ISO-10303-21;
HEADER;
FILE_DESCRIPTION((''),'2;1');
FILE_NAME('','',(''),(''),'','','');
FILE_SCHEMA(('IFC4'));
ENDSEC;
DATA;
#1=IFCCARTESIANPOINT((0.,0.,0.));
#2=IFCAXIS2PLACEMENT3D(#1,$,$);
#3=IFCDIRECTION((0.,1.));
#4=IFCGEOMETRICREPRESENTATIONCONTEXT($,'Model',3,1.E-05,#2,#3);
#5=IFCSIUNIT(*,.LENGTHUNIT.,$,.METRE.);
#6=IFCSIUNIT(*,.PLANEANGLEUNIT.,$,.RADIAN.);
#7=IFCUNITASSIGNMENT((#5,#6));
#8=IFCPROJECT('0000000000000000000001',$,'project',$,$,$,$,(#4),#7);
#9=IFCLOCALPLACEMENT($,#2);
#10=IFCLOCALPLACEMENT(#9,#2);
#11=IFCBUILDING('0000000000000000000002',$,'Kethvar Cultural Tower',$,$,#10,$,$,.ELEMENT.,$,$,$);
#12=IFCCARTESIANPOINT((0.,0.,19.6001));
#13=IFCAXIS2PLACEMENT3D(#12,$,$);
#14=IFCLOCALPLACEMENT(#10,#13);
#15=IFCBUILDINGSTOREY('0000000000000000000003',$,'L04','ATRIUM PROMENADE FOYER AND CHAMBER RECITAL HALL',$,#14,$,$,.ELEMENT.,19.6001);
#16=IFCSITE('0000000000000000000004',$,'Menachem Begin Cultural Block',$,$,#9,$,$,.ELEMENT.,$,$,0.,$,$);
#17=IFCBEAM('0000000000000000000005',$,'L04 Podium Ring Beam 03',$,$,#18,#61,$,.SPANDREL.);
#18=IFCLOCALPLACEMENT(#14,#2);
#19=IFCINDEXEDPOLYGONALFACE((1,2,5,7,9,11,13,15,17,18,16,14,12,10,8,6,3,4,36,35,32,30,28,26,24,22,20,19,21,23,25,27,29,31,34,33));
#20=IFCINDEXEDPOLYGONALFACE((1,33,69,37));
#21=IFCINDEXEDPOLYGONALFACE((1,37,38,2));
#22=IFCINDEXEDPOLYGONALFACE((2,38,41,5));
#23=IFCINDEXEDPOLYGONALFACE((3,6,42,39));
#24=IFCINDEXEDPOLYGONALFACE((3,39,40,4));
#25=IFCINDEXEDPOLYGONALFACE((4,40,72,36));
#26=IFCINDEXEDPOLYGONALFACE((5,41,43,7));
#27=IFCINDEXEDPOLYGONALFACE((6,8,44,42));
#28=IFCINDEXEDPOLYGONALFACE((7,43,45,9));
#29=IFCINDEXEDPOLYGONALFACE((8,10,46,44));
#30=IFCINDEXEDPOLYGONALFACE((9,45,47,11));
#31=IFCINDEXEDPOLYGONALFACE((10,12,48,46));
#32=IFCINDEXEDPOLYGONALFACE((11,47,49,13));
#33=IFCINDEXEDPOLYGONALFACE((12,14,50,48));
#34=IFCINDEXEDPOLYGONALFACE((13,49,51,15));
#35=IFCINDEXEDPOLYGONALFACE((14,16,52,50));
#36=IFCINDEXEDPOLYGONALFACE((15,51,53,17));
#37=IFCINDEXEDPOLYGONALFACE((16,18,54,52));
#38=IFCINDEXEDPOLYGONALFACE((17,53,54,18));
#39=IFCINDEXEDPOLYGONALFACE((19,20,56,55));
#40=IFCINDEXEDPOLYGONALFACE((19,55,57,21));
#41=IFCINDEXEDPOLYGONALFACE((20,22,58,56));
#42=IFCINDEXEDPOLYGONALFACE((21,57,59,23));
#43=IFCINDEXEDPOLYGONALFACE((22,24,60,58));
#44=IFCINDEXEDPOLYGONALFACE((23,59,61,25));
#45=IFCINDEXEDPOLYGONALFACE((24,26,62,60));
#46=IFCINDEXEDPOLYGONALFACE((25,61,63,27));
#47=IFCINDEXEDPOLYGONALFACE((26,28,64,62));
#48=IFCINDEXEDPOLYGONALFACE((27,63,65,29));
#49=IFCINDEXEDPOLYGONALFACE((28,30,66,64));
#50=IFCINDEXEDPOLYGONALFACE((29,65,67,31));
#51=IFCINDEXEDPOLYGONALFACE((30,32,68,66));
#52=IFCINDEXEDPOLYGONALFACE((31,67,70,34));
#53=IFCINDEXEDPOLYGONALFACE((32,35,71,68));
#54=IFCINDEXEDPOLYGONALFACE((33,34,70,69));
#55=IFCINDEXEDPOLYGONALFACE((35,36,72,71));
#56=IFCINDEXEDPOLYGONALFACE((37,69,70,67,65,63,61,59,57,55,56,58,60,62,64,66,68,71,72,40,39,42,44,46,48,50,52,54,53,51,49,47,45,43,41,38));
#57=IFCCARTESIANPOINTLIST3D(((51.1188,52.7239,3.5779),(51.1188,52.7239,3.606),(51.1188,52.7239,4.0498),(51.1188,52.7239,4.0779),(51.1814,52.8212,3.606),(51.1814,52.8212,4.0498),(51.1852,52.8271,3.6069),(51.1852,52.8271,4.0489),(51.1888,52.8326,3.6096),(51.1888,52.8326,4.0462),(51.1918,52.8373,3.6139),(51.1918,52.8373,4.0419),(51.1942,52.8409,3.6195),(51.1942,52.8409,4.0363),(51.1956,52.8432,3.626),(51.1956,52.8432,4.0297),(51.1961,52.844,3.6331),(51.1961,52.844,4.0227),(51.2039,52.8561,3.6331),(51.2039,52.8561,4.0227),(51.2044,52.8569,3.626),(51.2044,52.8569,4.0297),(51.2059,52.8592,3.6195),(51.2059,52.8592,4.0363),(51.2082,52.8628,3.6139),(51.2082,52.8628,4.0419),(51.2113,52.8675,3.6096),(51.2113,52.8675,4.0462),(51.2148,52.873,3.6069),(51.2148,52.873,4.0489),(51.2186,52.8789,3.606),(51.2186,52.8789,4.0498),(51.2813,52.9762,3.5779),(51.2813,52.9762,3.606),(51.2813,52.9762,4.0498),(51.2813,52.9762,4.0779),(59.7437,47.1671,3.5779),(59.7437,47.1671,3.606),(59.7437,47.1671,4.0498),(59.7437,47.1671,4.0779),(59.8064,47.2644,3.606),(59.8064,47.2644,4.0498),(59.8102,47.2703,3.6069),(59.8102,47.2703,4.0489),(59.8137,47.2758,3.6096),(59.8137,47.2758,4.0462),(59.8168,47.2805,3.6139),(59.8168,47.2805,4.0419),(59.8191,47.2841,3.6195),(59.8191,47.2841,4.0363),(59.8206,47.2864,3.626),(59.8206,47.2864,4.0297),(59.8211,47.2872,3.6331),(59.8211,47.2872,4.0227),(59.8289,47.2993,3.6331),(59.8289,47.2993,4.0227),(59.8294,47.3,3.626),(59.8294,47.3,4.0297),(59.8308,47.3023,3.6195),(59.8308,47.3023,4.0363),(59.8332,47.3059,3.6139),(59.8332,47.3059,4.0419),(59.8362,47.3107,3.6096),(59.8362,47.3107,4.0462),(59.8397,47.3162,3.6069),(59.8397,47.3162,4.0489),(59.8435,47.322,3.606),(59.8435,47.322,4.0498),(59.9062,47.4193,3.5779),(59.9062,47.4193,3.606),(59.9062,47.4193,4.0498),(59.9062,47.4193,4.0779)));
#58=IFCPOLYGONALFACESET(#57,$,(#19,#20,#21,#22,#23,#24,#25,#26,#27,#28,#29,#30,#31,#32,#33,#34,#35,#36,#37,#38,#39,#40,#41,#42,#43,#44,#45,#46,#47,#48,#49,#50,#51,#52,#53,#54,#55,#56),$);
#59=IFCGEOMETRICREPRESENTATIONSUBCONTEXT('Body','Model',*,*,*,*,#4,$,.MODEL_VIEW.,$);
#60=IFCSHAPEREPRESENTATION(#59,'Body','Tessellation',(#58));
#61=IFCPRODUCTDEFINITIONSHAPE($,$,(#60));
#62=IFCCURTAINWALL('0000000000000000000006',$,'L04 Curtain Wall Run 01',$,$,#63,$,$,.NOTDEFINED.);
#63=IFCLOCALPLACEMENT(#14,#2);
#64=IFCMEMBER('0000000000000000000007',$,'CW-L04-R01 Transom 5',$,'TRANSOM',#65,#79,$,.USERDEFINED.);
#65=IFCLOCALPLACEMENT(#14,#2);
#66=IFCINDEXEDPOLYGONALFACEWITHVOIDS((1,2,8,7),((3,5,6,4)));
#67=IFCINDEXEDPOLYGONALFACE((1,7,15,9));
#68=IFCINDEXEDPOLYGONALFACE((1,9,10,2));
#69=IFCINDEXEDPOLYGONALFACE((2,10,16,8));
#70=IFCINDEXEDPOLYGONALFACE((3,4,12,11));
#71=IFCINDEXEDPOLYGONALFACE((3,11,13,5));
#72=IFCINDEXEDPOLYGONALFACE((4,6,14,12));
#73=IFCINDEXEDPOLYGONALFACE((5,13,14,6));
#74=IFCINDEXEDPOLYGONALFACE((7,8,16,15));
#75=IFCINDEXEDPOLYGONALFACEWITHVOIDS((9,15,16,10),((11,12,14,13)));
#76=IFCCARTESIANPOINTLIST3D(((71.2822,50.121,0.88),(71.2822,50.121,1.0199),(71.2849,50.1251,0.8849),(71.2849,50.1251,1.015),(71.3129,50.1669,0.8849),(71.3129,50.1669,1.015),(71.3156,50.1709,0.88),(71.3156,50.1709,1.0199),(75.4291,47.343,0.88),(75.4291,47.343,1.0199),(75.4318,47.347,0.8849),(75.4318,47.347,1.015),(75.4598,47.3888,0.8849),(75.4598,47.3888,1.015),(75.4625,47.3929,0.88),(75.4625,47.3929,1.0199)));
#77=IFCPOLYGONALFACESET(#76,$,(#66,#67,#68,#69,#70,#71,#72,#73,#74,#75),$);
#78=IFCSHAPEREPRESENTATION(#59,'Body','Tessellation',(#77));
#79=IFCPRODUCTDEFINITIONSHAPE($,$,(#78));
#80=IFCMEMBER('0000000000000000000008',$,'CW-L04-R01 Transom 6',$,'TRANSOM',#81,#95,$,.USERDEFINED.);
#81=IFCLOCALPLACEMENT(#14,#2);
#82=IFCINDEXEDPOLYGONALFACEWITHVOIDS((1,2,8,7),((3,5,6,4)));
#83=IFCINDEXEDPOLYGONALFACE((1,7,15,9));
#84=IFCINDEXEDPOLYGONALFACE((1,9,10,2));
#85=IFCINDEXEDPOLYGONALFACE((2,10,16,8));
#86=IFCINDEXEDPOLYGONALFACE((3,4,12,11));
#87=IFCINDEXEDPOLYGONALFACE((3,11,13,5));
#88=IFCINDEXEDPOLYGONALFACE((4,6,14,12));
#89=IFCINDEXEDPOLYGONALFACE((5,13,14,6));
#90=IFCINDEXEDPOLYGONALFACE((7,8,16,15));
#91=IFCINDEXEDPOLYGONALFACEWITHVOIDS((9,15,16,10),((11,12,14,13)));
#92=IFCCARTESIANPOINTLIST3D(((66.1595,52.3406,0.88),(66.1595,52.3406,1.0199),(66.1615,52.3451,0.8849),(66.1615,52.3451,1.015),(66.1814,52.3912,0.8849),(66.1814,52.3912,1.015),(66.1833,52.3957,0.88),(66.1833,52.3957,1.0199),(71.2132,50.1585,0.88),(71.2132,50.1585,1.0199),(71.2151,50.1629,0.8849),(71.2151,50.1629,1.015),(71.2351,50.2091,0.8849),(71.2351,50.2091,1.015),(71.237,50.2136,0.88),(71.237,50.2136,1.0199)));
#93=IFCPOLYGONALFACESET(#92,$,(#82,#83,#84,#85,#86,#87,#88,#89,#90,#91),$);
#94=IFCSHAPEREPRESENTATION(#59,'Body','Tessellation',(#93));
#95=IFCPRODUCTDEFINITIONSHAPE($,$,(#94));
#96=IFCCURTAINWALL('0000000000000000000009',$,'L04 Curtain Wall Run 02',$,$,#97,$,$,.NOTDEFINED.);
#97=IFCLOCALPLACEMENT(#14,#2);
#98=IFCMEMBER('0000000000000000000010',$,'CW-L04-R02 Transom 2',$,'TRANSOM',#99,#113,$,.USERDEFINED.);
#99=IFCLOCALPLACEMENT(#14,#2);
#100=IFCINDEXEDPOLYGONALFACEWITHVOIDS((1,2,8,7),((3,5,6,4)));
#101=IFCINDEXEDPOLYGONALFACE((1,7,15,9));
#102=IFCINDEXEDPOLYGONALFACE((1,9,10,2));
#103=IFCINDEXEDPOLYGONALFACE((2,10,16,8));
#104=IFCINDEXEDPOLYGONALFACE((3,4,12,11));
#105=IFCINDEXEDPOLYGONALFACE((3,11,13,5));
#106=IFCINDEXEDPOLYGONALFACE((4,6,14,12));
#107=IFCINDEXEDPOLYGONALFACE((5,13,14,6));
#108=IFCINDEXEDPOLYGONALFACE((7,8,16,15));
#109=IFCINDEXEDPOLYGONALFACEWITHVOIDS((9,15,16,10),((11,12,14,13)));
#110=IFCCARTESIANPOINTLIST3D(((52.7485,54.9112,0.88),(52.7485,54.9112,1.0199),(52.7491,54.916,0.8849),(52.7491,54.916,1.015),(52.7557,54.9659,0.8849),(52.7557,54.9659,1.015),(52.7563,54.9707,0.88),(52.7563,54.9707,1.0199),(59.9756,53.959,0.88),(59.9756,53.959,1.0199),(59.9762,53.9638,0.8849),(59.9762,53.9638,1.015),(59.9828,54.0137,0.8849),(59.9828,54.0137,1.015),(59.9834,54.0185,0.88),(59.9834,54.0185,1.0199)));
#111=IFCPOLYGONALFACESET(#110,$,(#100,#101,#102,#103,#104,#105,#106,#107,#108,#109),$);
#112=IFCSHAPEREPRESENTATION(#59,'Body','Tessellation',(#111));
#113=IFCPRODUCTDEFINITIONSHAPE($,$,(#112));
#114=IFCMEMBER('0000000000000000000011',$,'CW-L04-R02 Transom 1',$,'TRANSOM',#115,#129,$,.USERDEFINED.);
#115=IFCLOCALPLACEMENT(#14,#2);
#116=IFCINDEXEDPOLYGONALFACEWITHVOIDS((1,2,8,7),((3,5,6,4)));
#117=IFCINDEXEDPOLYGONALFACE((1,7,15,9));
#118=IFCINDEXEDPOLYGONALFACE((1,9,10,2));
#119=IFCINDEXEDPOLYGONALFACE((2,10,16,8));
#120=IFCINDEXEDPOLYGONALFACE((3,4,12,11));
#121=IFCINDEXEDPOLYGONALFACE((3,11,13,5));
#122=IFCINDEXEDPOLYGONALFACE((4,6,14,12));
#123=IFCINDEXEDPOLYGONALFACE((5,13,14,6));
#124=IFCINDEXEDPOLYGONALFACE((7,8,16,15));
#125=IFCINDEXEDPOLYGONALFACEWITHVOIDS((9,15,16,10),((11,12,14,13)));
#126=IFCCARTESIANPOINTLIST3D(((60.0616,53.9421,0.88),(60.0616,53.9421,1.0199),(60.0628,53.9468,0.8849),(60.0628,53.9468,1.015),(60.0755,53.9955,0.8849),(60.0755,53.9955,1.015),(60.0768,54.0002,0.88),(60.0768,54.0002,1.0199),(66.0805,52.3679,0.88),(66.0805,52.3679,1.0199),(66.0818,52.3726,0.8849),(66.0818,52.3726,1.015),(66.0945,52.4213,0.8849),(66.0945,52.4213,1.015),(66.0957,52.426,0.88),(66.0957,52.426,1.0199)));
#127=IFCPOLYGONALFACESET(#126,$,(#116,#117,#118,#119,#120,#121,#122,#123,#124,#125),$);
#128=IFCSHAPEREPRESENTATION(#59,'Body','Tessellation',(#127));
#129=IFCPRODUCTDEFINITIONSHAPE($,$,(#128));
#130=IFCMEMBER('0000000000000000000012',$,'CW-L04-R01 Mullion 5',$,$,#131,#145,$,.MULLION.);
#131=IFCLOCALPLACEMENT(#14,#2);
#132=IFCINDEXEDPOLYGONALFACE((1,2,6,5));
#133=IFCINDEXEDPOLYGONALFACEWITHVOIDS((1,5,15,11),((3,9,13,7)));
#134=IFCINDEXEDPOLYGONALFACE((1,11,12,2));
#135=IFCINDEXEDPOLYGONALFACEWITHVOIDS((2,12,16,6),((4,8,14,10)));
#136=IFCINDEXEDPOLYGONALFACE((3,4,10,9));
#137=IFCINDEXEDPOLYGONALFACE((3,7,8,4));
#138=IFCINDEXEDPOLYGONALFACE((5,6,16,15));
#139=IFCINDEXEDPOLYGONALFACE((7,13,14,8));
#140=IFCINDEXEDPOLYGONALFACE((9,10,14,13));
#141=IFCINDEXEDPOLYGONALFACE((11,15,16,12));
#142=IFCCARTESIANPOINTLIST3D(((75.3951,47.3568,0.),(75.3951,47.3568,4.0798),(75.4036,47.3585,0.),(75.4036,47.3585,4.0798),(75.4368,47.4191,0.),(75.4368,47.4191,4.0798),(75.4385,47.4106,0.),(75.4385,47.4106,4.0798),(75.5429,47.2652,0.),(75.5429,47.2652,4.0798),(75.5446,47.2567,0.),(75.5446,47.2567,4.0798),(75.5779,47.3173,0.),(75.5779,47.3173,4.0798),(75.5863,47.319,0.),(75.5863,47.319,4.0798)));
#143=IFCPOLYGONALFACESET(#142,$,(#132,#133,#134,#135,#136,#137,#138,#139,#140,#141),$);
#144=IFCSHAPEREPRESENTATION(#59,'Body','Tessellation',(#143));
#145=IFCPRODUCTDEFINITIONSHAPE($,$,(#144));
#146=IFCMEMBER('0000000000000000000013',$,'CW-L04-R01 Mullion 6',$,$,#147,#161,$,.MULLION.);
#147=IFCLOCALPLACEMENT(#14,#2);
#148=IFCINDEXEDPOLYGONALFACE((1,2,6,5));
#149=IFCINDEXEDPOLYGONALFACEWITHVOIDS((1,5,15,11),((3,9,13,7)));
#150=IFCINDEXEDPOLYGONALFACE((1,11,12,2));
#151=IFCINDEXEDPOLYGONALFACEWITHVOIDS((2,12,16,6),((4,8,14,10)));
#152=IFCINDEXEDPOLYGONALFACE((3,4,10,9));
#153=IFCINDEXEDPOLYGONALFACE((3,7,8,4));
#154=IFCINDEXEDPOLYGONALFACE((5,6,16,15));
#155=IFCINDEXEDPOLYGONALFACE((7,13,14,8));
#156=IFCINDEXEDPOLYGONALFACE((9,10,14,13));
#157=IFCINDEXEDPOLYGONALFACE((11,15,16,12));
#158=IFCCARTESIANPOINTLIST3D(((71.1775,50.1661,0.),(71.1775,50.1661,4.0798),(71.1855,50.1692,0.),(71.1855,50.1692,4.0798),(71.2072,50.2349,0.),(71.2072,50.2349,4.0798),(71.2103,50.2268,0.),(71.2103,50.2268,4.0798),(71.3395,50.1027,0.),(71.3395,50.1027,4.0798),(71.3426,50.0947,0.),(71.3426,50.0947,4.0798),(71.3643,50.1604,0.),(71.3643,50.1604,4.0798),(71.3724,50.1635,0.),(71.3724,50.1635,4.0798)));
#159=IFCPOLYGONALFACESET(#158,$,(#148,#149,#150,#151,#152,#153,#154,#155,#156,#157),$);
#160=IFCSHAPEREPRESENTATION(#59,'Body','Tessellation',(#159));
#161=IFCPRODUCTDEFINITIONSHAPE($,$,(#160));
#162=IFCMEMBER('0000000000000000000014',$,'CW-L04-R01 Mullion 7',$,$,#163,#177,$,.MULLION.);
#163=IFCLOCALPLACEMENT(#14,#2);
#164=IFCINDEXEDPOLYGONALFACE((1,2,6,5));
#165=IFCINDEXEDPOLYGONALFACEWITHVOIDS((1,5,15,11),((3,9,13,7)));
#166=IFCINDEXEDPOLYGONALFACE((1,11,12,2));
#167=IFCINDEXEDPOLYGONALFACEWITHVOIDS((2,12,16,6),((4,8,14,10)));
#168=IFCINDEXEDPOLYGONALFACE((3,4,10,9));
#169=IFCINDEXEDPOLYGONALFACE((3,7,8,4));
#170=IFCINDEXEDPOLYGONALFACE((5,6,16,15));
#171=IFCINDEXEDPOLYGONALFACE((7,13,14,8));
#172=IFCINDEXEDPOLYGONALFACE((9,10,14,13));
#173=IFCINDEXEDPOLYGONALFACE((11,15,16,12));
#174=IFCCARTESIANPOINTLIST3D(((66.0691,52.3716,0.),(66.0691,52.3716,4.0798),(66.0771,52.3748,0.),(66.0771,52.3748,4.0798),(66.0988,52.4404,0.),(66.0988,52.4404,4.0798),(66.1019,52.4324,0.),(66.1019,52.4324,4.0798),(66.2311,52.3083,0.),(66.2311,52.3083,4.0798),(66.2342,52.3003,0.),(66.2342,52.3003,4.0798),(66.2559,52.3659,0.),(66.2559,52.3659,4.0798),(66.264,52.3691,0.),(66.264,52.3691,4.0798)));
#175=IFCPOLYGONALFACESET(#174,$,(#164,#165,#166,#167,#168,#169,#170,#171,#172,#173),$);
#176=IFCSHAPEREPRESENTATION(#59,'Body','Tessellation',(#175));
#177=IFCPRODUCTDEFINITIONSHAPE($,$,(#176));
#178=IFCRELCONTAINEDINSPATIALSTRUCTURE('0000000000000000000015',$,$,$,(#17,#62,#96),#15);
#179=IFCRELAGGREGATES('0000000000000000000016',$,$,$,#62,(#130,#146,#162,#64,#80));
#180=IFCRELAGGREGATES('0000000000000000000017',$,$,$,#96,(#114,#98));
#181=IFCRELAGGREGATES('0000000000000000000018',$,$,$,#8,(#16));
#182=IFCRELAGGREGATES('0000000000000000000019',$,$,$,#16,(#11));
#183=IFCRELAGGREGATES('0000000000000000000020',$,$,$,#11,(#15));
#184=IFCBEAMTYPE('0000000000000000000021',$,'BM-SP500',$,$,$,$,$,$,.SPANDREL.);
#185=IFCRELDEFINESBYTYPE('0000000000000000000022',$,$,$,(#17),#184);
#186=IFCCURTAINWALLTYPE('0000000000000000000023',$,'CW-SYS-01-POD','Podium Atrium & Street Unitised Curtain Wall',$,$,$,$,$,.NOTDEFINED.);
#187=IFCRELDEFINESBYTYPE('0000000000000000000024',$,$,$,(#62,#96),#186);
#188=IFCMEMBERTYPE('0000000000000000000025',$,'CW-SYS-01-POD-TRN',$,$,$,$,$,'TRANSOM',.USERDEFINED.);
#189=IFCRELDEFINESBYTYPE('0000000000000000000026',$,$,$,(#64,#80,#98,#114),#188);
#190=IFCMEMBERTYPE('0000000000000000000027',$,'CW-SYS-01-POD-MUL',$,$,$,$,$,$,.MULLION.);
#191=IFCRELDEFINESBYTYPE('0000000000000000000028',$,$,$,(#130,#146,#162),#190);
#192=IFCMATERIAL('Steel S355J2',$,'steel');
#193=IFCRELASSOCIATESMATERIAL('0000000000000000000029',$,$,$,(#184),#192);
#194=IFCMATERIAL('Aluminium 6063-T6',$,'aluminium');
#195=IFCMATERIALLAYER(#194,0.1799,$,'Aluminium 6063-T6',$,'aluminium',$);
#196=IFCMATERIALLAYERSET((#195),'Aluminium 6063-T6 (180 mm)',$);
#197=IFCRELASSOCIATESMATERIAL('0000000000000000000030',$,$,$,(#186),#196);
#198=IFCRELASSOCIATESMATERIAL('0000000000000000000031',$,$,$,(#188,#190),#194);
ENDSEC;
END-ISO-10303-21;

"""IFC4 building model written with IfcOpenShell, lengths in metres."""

from ifc_helpers import new_model, si_unit, direction, frame, origin, origin_2d, place, context, subcontext, project, spatial, hollow_rectangle, i_section, extrude, source, transform, mapped, material, layer, layer_set, material_profile, profile_set, type_object, element, aggregate, save


model = new_model("IFC4")

# Units and contexts
model_context = context("Model", 3, precision=1e-05, world=origin(), true_north=direction((0.0, 1.0)))
body_context = subcontext(model_context, "Body", "Model", "MODEL_VIEW")
ifc_project = project(units=[si_unit("LENGTHUNIT", "METRE"), si_unit("PLANEANGLEUNIT", "RADIAN")], contexts=[model_context])

# Site, building, storey
site_placement = place(None, origin())
site = spatial("IfcSite", under=ifc_project, at=site_placement, Name="Menachem Begin Cultural Block", CompositionType="ELEMENT", RefElevation=0.0)
building_placement = place(site_placement, origin())
building = spatial("IfcBuilding", under=site, at=building_placement, Name="Kethvar Cultural Tower", CompositionType="ELEMENT")
storey_placement = place(building_placement, frame((0.0, 0.0, 19.6001)))
storey = spatial("IfcBuildingStorey", under=building, at=storey_placement, Name="L04", Description="ATRIUM PROMENADE FOYER AND CHAMBER RECITAL HALL", CompositionType="ELEMENT", Elevation=19.6001)

# Beam
ifc_material_1 = material(Name="Steel S355J2", Category="steel")
ifc_material_profile_1 = material_profile(ifc_material_1, i_section(OverallWidth=0.3, OverallDepth=0.5, WebThickness=0.0144, FlangeThickness=0.0281, FilletRadius=0.0271, at=origin_2d()), Name="Steel S355J2 — HEB500")
ifc_profile_set_1 = profile_set([ifc_material_profile_1], Name="Steel S355J2 — HEB500")
beam_type = type_object("IfcBeamType", Name="BM-SP500", PredefinedType="SPANDREL", material=ifc_profile_set_1)
shared_shape_1 = source(origin(), body_context, "Body", "SweptSolid", [
    extrude(i_section(OverallWidth=0.3, OverallDepth=0.5, WebThickness=0.0144, FlangeThickness=0.0281, FilletRadius=0.0271, at=origin_2d()), origin(), (0.0, 0.0, 1.0), 10.26),
])
beam_placement = place(storey_placement, frame((59.825, 47.2932, 3.8279), z_axis=(-0.840635, 0.541602, 0.0), x_axis=(-0.541602, -0.840635, 0.0)))
element("IfcBeam", 1, at=beam_placement, inside=storey, type_object=beam_type, Name="L04 Podium Ring Beam 03", PredefinedType="SPANDREL", context=body_context, shape_type="MappedRepresentation", body=[
    mapped(shared_shape_1, transform((0.0, 0.0, 0.0), scale=1.0)),
])

# Curtain walls, members
ifc_material_2 = material(Name="Aluminium 6063-T6", Category="aluminium")
ifc_layer_1 = layer(ifc_material_2, 0.1799, Name="Aluminium 6063-T6", Category="aluminium")
ifc_layer_set_1 = layer_set([ifc_layer_1], Name="Aluminium 6063-T6 (180 mm)")
curtain_wall_type = type_object("IfcCurtainWallType", Name="CW-SYS-01-POD", Description="Podium Atrium & Street Unitised Curtain Wall", PredefinedType="NOTDEFINED", material=ifc_layer_set_1)
curtain_wall_1_placement = place(storey_placement, origin())
curtain_wall_1 = element("IfcCurtainWall", 2, at=curtain_wall_1_placement, inside=storey, type_object=curtain_wall_type, Name="L04 Curtain Wall Run 01", PredefinedType="NOTDEFINED")
ifc_material_profile_2 = material_profile(ifc_material_2, hollow_rectangle(XDim=0.0601, YDim=0.1399, WallThickness=0.0049, at=origin_2d()), Name="Aluminium 6063-T6 — RHS140x60x5")
ifc_profile_set_2 = profile_set([ifc_material_profile_2], Name="Aluminium 6063-T6 — RHS140x60x5")
member_type_1 = type_object("IfcMemberType", Name="CW-SYS-01-POD-TRN", ElementType="TRANSOM", PredefinedType="USERDEFINED", material=ifc_profile_set_2)
shared_shape_2 = source(origin(), body_context, "Body", "SweptSolid", [
    extrude(hollow_rectangle(XDim=0.0601, YDim=0.1399, WallThickness=0.0049, at=origin_2d()), origin(), (0.0, 0.0, 1.0), 4.9915),
])
member_1_placement = place(storey_placement, frame((75.4458, 47.3679, 0.95), z_axis=(-0.830807, 0.556561, 0.0), x_axis=(-0.556561, -0.830807, 0.0)))
member_1 = element("IfcMember", 3, at=member_1_placement, type_object=member_type_1, Name="CW-L04-R01 Transom 5", ObjectType="TRANSOM", PredefinedType="USERDEFINED", context=body_context, shape_type="MappedRepresentation", body=[
    mapped(shared_shape_2, transform((0.0, 0.0, 0.0), scale=1.0)),
])
shared_shape_3 = source(origin(), body_context, "Body", "SweptSolid", [
    extrude(hollow_rectangle(XDim=0.0601, YDim=0.1399, WallThickness=0.0049, at=origin_2d()), origin(), (0.0, 0.0, 1.0), 5.5046),
])
member_2_placement = place(storey_placement, frame((71.2251, 50.186, 0.95), z_axis=(-0.918073, 0.396412, 0.0), x_axis=(-0.396412, -0.918073, 0.0)))
member_2 = element("IfcMember", 4, at=member_2_placement, type_object=member_type_1, Name="CW-L04-R01 Transom 6", ObjectType="TRANSOM", PredefinedType="USERDEFINED", context=body_context, shape_type="MappedRepresentation", body=[
    mapped(shared_shape_3, transform((0.0, 0.0, 0.0), scale=1.0)),
])
curtain_wall_2_placement = place(storey_placement, origin())
curtain_wall_2 = element("IfcCurtainWall", 5, at=curtain_wall_2_placement, inside=storey, type_object=curtain_wall_type, Name="L04 Curtain Wall Run 02", PredefinedType="NOTDEFINED")
shared_shape_4 = source(origin(), body_context, "Body", "SweptSolid", [
    extrude(hollow_rectangle(XDim=0.0601, YDim=0.1399, WallThickness=0.0049, at=origin_2d()), origin(), (0.0, 0.0, 1.0), 7.2896),
])
member_3_placement = place(storey_placement, frame((59.9795, 53.9888, 0.95), z_axis=(-0.991433, 0.130619, 0.0), x_axis=(-0.130619, -0.991433, 0.0)))
member_3 = element("IfcMember", 6, at=member_3_placement, type_object=member_type_1, Name="CW-L04-R02 Transom 2", ObjectType="TRANSOM", PredefinedType="USERDEFINED", context=body_context, shape_type="MappedRepresentation", body=[
    mapped(shared_shape_4, transform((0.0, 0.0, 0.0), scale=1.0)),
])
shared_shape_5 = source(origin(), body_context, "Body", "SweptSolid", [
    extrude(hollow_rectangle(XDim=0.0601, YDim=0.1399, WallThickness=0.0049, at=origin_2d()), origin(), (0.0, 0.0, 1.0), 6.2214),
])
member_4_placement = place(storey_placement, frame((66.0881, 52.397, 0.95), z_axis=(-0.967459, 0.253029, 0.0), x_axis=(-0.253029, -0.967459, 0.0)))
member_4 = element("IfcMember", 7, at=member_4_placement, type_object=member_type_1, Name="CW-L04-R02 Transom 1", ObjectType="TRANSOM", PredefinedType="USERDEFINED", context=body_context, shape_type="MappedRepresentation", body=[
    mapped(shared_shape_5, transform((0.0, 0.0, 0.0), scale=1.0)),
])

# Members
ifc_material_profile_3 = material_profile(ifc_material_2, hollow_rectangle(XDim=0.075, YDim=0.1799, WallThickness=0.0061, at=origin_2d()), Name="Aluminium 6063-T6 — RHS180x75x6")
ifc_profile_set_3 = profile_set([ifc_material_profile_3], Name="Aluminium 6063-T6 — RHS180x75x6")
member_type_2 = type_object("IfcMemberType", Name="CW-SYS-01-POD-MUL", PredefinedType="MULLION", material=ifc_profile_set_3)
shared_shape_6 = source(origin(), body_context, "Body", "SweptSolid", [
    extrude(hollow_rectangle(XDim=0.075, YDim=0.1799, WallThickness=0.0061, at=origin_2d()), origin(), (0.0, 0.0, 1.0), 4.0798),
])
member_5_placement = place(storey_placement, frame((75.4907, 47.3379, 0.0), z_axis=(0.0, 0.0, 1.0), x_axis=(-0.556557, -0.83081, 0.0)))
member_5 = element("IfcMember", 8, at=member_5_placement, type_object=member_type_2, Name="CW-L04-R01 Mullion 5", PredefinedType="MULLION", context=body_context, shape_type="MappedRepresentation", body=[
    mapped(shared_shape_6, transform((0.0, 0.0, 0.0), scale=1.0)),
])
member_6_placement = place(storey_placement, frame((71.2749, 50.1648, 0.0), z_axis=(0.0, 0.0, 1.0), x_axis=(-0.396411, -0.918073, 0.0)))
member_6 = element("IfcMember", 9, at=member_6_placement, type_object=member_type_2, Name="CW-L04-R01 Mullion 6", PredefinedType="MULLION", context=body_context, shape_type="MappedRepresentation", body=[
    mapped(shared_shape_6, transform((0.0, 0.0, 0.0), scale=1.0)),
])
member_7_placement = place(storey_placement, frame((66.1665, 52.3704, 0.0), z_axis=(0.0, 0.0, 1.0), x_axis=(-0.396411, -0.918073, 0.0)))
member_7 = element("IfcMember", 10, at=member_7_placement, type_object=member_type_2, Name="CW-L04-R01 Mullion 7", PredefinedType="MULLION", context=body_context, shape_type="MappedRepresentation", body=[
    mapped(shared_shape_6, transform((0.0, 0.0, 0.0), scale=1.0)),
])

aggregate(curtain_wall_1, [member_5, member_6, member_7, member_1, member_2])
aggregate(curtain_wall_2, [member_4, member_3])

save(model, "model.ifc")
